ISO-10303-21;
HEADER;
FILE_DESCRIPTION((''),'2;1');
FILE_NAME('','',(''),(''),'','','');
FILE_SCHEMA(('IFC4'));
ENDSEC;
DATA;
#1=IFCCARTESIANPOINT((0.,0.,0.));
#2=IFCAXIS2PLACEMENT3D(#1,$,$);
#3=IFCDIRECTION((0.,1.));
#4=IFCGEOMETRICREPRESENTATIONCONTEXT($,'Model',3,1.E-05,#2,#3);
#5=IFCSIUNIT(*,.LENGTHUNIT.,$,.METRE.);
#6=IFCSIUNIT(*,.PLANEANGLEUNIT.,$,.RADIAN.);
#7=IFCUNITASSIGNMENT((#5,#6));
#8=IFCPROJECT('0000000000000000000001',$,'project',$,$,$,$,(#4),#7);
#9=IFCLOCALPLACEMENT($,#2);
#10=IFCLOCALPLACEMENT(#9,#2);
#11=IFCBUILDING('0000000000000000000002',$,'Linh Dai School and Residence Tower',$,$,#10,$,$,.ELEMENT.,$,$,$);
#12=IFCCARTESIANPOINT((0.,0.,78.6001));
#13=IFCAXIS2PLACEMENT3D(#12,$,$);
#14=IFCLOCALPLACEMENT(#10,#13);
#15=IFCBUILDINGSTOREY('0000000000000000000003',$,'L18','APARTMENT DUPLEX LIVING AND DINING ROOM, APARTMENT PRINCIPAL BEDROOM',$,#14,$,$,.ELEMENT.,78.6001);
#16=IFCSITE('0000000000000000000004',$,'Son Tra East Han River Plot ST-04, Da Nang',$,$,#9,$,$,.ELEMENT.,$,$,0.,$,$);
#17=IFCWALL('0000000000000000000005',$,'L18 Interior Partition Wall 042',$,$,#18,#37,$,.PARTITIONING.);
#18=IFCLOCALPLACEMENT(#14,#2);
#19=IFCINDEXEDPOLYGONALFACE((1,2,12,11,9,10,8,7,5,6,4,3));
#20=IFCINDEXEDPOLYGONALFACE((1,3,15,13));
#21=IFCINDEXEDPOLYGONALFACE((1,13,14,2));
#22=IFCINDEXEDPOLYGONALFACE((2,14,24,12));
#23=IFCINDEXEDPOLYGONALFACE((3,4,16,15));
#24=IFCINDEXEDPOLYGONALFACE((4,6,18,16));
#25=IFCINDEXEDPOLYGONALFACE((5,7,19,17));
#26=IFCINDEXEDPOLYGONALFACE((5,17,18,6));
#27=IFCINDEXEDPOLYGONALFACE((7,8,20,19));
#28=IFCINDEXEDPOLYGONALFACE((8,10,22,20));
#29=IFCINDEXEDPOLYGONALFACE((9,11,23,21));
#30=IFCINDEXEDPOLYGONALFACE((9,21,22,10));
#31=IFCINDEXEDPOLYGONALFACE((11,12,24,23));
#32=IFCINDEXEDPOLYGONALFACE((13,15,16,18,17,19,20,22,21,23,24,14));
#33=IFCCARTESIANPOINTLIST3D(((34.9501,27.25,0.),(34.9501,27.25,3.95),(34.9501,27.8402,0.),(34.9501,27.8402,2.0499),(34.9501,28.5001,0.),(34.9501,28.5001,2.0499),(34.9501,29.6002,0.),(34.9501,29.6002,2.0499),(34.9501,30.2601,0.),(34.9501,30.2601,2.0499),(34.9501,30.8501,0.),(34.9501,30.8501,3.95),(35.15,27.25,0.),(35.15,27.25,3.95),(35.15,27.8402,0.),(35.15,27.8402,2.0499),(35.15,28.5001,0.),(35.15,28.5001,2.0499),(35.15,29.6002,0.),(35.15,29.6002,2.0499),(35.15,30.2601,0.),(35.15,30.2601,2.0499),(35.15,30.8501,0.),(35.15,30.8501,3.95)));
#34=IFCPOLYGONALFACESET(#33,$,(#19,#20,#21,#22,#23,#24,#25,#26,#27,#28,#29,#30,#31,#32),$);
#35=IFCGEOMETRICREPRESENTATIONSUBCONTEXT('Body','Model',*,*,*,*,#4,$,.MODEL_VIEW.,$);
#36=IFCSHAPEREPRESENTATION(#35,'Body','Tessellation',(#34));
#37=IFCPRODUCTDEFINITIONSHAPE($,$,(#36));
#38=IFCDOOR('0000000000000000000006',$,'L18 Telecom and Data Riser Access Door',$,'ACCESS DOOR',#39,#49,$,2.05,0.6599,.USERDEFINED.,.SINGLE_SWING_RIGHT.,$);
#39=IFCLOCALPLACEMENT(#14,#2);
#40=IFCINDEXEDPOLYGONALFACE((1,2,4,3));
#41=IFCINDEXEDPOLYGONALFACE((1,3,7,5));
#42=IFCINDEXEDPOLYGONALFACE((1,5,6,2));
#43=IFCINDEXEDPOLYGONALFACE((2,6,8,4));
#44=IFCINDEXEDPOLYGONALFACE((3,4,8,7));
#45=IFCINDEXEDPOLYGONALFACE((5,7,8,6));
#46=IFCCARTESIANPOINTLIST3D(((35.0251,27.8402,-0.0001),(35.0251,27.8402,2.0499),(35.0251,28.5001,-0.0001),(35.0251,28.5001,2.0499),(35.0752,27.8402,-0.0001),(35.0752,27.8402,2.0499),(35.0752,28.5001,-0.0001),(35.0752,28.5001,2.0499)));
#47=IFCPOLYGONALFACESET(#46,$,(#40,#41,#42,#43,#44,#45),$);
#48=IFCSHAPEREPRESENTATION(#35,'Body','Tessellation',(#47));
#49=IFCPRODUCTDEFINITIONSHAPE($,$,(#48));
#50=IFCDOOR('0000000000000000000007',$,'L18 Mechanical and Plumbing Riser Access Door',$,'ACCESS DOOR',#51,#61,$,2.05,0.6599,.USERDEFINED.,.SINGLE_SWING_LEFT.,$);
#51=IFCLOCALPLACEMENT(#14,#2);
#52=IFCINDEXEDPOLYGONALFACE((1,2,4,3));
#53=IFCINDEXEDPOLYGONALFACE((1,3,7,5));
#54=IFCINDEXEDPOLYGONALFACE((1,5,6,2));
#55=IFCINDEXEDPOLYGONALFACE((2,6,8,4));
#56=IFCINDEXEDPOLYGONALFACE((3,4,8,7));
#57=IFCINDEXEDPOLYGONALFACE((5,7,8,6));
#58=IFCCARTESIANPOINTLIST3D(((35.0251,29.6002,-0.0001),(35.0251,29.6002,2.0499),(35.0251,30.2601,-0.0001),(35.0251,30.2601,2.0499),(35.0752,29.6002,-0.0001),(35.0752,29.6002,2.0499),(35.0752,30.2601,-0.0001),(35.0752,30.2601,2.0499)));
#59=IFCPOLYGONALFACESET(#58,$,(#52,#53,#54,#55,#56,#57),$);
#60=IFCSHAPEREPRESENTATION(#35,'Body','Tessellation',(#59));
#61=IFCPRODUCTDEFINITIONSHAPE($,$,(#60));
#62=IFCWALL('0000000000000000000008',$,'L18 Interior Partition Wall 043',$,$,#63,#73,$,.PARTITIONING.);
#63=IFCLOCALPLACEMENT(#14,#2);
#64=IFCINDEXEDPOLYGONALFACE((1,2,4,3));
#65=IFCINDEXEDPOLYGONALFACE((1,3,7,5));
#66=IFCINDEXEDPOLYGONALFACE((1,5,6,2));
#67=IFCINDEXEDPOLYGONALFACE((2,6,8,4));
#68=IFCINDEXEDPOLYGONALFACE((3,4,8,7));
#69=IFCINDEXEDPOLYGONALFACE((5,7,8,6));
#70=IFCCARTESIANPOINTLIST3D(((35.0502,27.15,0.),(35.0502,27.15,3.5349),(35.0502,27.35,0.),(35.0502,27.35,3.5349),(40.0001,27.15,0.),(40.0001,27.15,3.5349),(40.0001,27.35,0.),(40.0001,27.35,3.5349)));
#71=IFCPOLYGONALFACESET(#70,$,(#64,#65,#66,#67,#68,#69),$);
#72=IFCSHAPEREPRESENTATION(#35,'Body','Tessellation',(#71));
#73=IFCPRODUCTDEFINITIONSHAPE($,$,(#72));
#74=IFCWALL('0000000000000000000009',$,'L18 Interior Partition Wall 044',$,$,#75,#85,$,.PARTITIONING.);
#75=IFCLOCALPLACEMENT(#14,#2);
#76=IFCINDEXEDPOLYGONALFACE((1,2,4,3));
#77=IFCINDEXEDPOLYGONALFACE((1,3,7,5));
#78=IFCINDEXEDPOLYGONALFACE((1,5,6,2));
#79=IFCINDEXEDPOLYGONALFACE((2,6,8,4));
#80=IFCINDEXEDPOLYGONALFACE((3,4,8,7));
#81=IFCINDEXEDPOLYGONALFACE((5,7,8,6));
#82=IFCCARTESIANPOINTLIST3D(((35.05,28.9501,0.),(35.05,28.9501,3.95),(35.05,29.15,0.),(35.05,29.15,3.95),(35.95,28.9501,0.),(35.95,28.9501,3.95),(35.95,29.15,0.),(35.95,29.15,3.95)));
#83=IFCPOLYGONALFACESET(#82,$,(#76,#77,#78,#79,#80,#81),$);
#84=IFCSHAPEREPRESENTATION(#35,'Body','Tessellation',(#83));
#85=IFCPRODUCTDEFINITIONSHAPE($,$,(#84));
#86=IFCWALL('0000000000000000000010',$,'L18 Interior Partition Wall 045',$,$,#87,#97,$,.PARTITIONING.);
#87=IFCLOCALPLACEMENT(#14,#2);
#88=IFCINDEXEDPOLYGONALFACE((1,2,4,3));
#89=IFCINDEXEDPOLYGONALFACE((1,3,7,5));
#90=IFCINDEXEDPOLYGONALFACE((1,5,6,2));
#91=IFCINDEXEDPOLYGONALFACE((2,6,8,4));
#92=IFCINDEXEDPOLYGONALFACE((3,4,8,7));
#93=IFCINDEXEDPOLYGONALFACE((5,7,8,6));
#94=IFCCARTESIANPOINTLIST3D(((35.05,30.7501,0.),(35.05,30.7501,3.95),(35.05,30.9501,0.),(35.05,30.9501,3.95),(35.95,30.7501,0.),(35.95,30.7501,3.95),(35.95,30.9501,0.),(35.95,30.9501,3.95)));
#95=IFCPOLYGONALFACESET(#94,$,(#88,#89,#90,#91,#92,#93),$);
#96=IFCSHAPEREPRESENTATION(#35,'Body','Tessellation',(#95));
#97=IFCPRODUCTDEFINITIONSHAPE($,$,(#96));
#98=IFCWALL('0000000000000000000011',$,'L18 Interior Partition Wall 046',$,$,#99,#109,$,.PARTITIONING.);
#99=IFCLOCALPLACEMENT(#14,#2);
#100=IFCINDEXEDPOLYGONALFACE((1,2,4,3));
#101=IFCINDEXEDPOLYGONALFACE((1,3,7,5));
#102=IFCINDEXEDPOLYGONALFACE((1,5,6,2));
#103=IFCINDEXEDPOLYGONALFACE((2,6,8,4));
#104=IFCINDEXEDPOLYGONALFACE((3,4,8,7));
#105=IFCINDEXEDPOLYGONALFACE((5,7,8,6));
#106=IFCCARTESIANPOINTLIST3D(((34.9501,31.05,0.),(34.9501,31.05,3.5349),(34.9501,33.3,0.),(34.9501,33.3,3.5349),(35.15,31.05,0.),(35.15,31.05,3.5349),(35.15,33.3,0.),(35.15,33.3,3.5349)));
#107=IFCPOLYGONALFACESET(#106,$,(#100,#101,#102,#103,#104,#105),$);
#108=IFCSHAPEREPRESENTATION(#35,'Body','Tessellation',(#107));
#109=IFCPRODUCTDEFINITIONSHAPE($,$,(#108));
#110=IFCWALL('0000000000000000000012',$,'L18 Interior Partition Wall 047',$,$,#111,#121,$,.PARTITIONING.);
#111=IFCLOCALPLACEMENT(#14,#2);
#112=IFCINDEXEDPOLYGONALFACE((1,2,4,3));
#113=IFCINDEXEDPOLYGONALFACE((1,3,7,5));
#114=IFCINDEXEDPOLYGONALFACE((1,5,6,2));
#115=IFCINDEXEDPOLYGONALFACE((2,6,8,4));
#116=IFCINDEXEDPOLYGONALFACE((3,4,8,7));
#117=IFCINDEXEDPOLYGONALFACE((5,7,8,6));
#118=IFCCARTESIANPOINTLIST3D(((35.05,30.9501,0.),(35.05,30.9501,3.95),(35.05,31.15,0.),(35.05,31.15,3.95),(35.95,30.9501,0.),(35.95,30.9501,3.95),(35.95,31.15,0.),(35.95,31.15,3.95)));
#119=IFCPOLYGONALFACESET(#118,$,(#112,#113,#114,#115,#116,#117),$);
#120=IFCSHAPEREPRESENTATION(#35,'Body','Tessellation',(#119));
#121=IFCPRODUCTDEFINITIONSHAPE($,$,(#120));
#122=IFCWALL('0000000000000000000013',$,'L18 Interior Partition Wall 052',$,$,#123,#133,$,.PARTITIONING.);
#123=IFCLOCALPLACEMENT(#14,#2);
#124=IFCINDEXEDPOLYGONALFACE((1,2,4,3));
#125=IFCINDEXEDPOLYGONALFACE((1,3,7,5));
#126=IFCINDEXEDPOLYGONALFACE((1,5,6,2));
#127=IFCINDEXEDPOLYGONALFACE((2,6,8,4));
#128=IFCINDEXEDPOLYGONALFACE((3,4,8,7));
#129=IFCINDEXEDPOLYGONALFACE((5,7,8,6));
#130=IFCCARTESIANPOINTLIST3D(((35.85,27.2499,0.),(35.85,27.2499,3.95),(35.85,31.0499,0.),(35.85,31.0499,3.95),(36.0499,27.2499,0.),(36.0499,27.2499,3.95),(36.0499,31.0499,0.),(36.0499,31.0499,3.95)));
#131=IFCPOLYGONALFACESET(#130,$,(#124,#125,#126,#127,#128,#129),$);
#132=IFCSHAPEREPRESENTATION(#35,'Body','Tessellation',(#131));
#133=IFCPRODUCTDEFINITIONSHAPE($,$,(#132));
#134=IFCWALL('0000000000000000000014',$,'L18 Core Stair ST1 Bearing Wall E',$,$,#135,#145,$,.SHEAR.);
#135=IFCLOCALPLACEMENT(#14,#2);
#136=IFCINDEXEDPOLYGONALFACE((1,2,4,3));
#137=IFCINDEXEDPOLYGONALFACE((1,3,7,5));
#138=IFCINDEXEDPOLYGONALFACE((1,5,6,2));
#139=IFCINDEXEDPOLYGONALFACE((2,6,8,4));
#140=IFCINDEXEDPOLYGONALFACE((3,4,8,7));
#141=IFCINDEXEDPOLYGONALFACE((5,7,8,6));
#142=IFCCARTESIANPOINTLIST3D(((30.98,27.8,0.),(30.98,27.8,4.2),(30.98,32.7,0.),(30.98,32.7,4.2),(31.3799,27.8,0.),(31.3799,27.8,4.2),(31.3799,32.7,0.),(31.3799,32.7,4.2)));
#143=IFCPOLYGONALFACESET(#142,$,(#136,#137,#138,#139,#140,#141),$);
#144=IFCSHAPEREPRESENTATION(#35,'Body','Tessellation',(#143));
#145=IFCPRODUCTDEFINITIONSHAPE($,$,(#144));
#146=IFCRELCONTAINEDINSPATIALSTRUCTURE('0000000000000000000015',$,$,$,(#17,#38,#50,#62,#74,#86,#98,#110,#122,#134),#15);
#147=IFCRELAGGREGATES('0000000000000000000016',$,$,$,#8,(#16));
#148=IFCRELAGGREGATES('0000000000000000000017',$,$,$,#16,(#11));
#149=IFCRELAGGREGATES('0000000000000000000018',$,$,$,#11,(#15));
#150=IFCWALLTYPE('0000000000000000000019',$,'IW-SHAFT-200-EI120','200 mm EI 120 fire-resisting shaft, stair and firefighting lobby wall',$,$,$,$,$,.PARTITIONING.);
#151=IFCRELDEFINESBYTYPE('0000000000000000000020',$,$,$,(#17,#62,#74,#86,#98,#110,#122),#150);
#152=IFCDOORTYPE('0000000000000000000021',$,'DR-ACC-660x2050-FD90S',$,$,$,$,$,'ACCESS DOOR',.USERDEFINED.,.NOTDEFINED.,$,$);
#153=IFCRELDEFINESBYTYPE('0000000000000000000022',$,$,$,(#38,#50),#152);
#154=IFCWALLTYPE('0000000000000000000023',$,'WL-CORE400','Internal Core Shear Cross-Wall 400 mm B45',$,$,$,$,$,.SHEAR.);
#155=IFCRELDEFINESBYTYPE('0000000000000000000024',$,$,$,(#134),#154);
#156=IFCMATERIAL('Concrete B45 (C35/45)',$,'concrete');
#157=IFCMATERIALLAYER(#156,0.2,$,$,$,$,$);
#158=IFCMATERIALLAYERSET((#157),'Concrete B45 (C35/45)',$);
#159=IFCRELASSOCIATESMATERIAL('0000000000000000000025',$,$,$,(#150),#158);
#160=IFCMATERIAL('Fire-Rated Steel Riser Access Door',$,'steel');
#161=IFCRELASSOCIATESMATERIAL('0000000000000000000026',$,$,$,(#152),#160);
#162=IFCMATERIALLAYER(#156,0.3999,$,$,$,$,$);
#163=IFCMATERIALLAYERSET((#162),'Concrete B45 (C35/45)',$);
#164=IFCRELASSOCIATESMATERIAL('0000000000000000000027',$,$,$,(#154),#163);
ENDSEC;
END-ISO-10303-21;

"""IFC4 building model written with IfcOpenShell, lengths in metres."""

from ifc_helpers import new_model, si_unit, direction, frame, frame_2d, origin, origin_2d, place, context, subcontext, project, spatial, rectangle, extrude, source, transform, mapped, material, layer, layer_set, type_object, element, fill, save


model = new_model("IFC4")

# Units and contexts
model_context = context("Model", 3, precision=1e-05, world=origin(), true_north=direction((0.0, 1.0)))
body_context = subcontext(model_context, "Body", "Model", "MODEL_VIEW")
ifc_project = project(units=[si_unit("LENGTHUNIT", "METRE"), si_unit("PLANEANGLEUNIT", "RADIAN")], contexts=[model_context])

# Site, building, storey
site_placement = place(None, origin())
site = spatial("IfcSite", under=ifc_project, at=site_placement, Name="Son Tra East Han River Plot ST-04, Da Nang", CompositionType="ELEMENT", RefElevation=0.0)
building_placement = place(site_placement, origin())
building = spatial("IfcBuilding", under=site, at=building_placement, Name="Linh Dai School and Residence Tower", CompositionType="ELEMENT")
storey_placement = place(building_placement, frame((0.0, 0.0, 78.6001)))
storey = spatial("IfcBuildingStorey", under=building, at=storey_placement, Name="L18", Description="APARTMENT DUPLEX LIVING AND DINING ROOM, APARTMENT PRINCIPAL BEDROOM", CompositionType="ELEMENT", Elevation=78.6001)

# Shared definitions
ifc_material_1 = material(Name="Concrete B45 (C35/45)", Category="concrete")
ifc_layer_1 = layer(ifc_material_1, 0.2)
ifc_layer_set_1 = layer_set([ifc_layer_1], Name="Concrete B45 (C35/45)")
wall_type_1 = type_object("IfcWallType", Name="IW-SHAFT-200-EI120", Description="200 mm EI 120 fire-resisting shaft, stair and firefighting lobby wall", PredefinedType="PARTITIONING", material=ifc_layer_set_1)

# Wall, openings, doors
wall_1_placement = place(storey_placement, frame((35.05, 27.25, 0.0), z_axis=(0.0, 0.0, 1.0), x_axis=(0.0, 1.0, 0.0)))
wall_1 = element("IfcWall", 1, at=wall_1_placement, inside=storey, type_object=wall_type_1, Name="L18 Interior Partition Wall 042", PredefinedType="PARTITIONING", context=body_context, shape_type="SweptSolid", body=[
    extrude(rectangle(XDim=3.6001, YDim=0.2, at=frame_2d((1.8, 0.0))), origin(), (0.0, 0.0, 1.0), 3.95),
])
opening_1_placement = place(wall_1_placement, frame((0.5901, 0.0, 0.0)))
opening_1 = element("IfcOpeningElement", 2, at=opening_1_placement, cuts=wall_1, PredefinedType="OPENING", context=body_context, shape_type="SweptSolid", body=[
    extrude(rectangle(XDim=0.6599, YDim=2.05, at=origin_2d()), frame((0.3301, 0.1099, 1.0249), z_axis=(0.0, -1.0, 0.0), x_axis=(1.0, 0.0, 0.0)), (0.0, 0.0, 1.0), 0.22),
])
opening_2_placement = place(wall_1_placement, frame((2.3501, 0.0, 0.0)))
opening_2 = element("IfcOpeningElement", 3, at=opening_2_placement, cuts=wall_1, PredefinedType="OPENING", context=body_context, shape_type="SweptSolid", body=[
    extrude(rectangle(XDim=0.6599, YDim=2.05, at=origin_2d()), frame((0.3301, 0.1099, 1.0249), z_axis=(0.0, -1.0, 0.0), x_axis=(1.0, 0.0, 0.0)), (0.0, 0.0, 1.0), 0.22),
])
ifc_material_2 = material(Name="Fire-Rated Steel Riser Access Door", Category="steel")
door_type_1 = type_object("IfcDoorType", Name="DR-ACC-660x2050-FD90S", ElementType="ACCESS DOOR", OperationType="NOTDEFINED", PredefinedType="USERDEFINED", material=ifc_material_2)
shared_shape_1 = source(origin(), body_context, "Body", "SweptSolid", [
    extrude(rectangle(XDim=0.6599, YDim=2.05, at=origin_2d()), frame((0.3301, 0.0249, 1.0249), z_axis=(0.0, -1.0, 0.0), x_axis=(1.0, 0.0, 0.0)), (0.0, 0.0, 1.0), 0.05),
])
door_1_placement = place(opening_1_placement, origin())
door_1 = element("IfcDoor", 4, at=door_1_placement, inside=storey, type_object=door_type_1, Name="L18 Telecom and Data Riser Access Door", ObjectType="ACCESS DOOR", OperationType="SINGLE_SWING_RIGHT", OverallHeight=2.05, OverallWidth=0.6599, PredefinedType="USERDEFINED", context=body_context, shape_type="MappedRepresentation", body=[
    mapped(shared_shape_1, transform((0.0, 0.0, 0.0), x_axis=(1.0, 0.0, 0.0), y_axis=(0.0, 1.0, 0.0), z_axis=(0.0, 0.0, 1.0), scale=1.0)),
])
fill(opening_1, door_1)
door_2_placement = place(opening_2_placement, origin())
door_2 = element("IfcDoor", 5, at=door_2_placement, inside=storey, type_object=door_type_1, Name="L18 Mechanical and Plumbing Riser Access Door", ObjectType="ACCESS DOOR", OperationType="SINGLE_SWING_LEFT", OverallHeight=2.05, OverallWidth=0.6599, PredefinedType="USERDEFINED", context=body_context, shape_type="MappedRepresentation", body=[
    mapped(shared_shape_1, transform((0.0, 0.0, 0.0), x_axis=(1.0, 0.0, 0.0), y_axis=(0.0, 1.0, 0.0), z_axis=(0.0, 0.0, 1.0), scale=1.0)),
])
fill(opening_2, door_2)

# Walls
wall_2_placement = place(storey_placement, frame((35.05, 27.25, 0.0), z_axis=(0.0, 0.0, 1.0), x_axis=(1.0, 0.0, 0.0)))
element("IfcWall", 6, at=wall_2_placement, inside=storey, type_object=wall_type_1, Name="L18 Interior Partition Wall 043", PredefinedType="PARTITIONING", context=body_context, shape_type="SweptSolid", body=[
    extrude(rectangle(XDim=4.95, YDim=0.2, at=frame_2d((2.4751, 0.0))), origin(), (0.0, 0.0, 1.0), 3.5349),
])
for number, where, z_axis, x_axis, name in (
    (7, (35.05, 29.05, 0.0), (0.0, 0.0, 1.0), (1.0, 0.0, 0.0), "L18 Interior Partition Wall 044"),
    (8, (35.05, 30.8501, 0.0), (0.0, 0.0, 1.0), (1.0, 0.0, 0.0), "L18 Interior Partition Wall 045"),
):
    element("IfcWall", number, at=place(storey_placement, frame(where, z_axis=z_axis, x_axis=x_axis)), inside=storey, type_object=wall_type_1, Name=name, PredefinedType="PARTITIONING", context=body_context, shape_type="SweptSolid", body=[
        extrude(rectangle(XDim=0.8999, YDim=0.2, at=frame_2d((0.45, 0.0))), origin(), (0.0, 0.0, 1.0), 3.95),
    ])
wall_3_placement = place(storey_placement, frame((35.05, 31.05, 0.0), z_axis=(0.0, 0.0, 1.0), x_axis=(0.0, 1.0, 0.0)))
element("IfcWall", 9, at=wall_3_placement, inside=storey, type_object=wall_type_1, Name="L18 Interior Partition Wall 046", PredefinedType="PARTITIONING", context=body_context, shape_type="SweptSolid", body=[
    extrude(rectangle(XDim=2.25, YDim=0.2, at=frame_2d((1.125, 0.0))), origin(), (0.0, 0.0, 1.0), 3.5349),
])
wall_4_placement = place(storey_placement, frame((35.05, 31.05, 0.0), z_axis=(0.0, 0.0, 1.0), x_axis=(1.0, 0.0, 0.0)))
element("IfcWall", 10, at=wall_4_placement, inside=storey, type_object=wall_type_1, Name="L18 Interior Partition Wall 047", PredefinedType="PARTITIONING", context=body_context, shape_type="SweptSolid", body=[
    extrude(rectangle(XDim=0.8999, YDim=0.2, at=frame_2d((0.45, 0.0))), origin(), (0.0, 0.0, 1.0), 3.95),
])
wall_5_placement = place(storey_placement, frame((35.95, 27.25, 0.0), z_axis=(0.0, 0.0, 1.0), x_axis=(0.0, 1.0, 0.0)))
element("IfcWall", 11, at=wall_5_placement, inside=storey, type_object=wall_type_1, Name="L18 Interior Partition Wall 052", PredefinedType="PARTITIONING", context=body_context, shape_type="SweptSolid", body=[
    extrude(rectangle(XDim=3.8, YDim=0.2, at=frame_2d((1.8999, 0.0))), origin(), (0.0, 0.0, 1.0), 3.95),
])

# Wall
ifc_layer_2 = layer(ifc_material_1, 0.3999)
ifc_layer_set_2 = layer_set([ifc_layer_2], Name="Concrete B45 (C35/45)")
wall_type_2 = type_object("IfcWallType", Name="WL-CORE400", Description="Internal Core Shear Cross-Wall 400 mm B45", PredefinedType="SHEAR", material=ifc_layer_set_2)
wall_6_placement = place(storey_placement, frame((31.1799, 27.8, 0.0), z_axis=(0.0, 0.0, 1.0), x_axis=(0.0, 1.0, 0.0)))
element("IfcWall", 12, at=wall_6_placement, inside=storey, type_object=wall_type_2, Name="L18 Core Stair ST1 Bearing Wall E", PredefinedType="SHEAR", context=body_context, shape_type="SweptSolid", body=[
    extrude(rectangle(XDim=4.8999, YDim=0.3999, at=frame_2d((2.45, 0.0))), origin(), (0.0, 0.0, 1.0), 4.2),
])

save(model, "model.ifc")
